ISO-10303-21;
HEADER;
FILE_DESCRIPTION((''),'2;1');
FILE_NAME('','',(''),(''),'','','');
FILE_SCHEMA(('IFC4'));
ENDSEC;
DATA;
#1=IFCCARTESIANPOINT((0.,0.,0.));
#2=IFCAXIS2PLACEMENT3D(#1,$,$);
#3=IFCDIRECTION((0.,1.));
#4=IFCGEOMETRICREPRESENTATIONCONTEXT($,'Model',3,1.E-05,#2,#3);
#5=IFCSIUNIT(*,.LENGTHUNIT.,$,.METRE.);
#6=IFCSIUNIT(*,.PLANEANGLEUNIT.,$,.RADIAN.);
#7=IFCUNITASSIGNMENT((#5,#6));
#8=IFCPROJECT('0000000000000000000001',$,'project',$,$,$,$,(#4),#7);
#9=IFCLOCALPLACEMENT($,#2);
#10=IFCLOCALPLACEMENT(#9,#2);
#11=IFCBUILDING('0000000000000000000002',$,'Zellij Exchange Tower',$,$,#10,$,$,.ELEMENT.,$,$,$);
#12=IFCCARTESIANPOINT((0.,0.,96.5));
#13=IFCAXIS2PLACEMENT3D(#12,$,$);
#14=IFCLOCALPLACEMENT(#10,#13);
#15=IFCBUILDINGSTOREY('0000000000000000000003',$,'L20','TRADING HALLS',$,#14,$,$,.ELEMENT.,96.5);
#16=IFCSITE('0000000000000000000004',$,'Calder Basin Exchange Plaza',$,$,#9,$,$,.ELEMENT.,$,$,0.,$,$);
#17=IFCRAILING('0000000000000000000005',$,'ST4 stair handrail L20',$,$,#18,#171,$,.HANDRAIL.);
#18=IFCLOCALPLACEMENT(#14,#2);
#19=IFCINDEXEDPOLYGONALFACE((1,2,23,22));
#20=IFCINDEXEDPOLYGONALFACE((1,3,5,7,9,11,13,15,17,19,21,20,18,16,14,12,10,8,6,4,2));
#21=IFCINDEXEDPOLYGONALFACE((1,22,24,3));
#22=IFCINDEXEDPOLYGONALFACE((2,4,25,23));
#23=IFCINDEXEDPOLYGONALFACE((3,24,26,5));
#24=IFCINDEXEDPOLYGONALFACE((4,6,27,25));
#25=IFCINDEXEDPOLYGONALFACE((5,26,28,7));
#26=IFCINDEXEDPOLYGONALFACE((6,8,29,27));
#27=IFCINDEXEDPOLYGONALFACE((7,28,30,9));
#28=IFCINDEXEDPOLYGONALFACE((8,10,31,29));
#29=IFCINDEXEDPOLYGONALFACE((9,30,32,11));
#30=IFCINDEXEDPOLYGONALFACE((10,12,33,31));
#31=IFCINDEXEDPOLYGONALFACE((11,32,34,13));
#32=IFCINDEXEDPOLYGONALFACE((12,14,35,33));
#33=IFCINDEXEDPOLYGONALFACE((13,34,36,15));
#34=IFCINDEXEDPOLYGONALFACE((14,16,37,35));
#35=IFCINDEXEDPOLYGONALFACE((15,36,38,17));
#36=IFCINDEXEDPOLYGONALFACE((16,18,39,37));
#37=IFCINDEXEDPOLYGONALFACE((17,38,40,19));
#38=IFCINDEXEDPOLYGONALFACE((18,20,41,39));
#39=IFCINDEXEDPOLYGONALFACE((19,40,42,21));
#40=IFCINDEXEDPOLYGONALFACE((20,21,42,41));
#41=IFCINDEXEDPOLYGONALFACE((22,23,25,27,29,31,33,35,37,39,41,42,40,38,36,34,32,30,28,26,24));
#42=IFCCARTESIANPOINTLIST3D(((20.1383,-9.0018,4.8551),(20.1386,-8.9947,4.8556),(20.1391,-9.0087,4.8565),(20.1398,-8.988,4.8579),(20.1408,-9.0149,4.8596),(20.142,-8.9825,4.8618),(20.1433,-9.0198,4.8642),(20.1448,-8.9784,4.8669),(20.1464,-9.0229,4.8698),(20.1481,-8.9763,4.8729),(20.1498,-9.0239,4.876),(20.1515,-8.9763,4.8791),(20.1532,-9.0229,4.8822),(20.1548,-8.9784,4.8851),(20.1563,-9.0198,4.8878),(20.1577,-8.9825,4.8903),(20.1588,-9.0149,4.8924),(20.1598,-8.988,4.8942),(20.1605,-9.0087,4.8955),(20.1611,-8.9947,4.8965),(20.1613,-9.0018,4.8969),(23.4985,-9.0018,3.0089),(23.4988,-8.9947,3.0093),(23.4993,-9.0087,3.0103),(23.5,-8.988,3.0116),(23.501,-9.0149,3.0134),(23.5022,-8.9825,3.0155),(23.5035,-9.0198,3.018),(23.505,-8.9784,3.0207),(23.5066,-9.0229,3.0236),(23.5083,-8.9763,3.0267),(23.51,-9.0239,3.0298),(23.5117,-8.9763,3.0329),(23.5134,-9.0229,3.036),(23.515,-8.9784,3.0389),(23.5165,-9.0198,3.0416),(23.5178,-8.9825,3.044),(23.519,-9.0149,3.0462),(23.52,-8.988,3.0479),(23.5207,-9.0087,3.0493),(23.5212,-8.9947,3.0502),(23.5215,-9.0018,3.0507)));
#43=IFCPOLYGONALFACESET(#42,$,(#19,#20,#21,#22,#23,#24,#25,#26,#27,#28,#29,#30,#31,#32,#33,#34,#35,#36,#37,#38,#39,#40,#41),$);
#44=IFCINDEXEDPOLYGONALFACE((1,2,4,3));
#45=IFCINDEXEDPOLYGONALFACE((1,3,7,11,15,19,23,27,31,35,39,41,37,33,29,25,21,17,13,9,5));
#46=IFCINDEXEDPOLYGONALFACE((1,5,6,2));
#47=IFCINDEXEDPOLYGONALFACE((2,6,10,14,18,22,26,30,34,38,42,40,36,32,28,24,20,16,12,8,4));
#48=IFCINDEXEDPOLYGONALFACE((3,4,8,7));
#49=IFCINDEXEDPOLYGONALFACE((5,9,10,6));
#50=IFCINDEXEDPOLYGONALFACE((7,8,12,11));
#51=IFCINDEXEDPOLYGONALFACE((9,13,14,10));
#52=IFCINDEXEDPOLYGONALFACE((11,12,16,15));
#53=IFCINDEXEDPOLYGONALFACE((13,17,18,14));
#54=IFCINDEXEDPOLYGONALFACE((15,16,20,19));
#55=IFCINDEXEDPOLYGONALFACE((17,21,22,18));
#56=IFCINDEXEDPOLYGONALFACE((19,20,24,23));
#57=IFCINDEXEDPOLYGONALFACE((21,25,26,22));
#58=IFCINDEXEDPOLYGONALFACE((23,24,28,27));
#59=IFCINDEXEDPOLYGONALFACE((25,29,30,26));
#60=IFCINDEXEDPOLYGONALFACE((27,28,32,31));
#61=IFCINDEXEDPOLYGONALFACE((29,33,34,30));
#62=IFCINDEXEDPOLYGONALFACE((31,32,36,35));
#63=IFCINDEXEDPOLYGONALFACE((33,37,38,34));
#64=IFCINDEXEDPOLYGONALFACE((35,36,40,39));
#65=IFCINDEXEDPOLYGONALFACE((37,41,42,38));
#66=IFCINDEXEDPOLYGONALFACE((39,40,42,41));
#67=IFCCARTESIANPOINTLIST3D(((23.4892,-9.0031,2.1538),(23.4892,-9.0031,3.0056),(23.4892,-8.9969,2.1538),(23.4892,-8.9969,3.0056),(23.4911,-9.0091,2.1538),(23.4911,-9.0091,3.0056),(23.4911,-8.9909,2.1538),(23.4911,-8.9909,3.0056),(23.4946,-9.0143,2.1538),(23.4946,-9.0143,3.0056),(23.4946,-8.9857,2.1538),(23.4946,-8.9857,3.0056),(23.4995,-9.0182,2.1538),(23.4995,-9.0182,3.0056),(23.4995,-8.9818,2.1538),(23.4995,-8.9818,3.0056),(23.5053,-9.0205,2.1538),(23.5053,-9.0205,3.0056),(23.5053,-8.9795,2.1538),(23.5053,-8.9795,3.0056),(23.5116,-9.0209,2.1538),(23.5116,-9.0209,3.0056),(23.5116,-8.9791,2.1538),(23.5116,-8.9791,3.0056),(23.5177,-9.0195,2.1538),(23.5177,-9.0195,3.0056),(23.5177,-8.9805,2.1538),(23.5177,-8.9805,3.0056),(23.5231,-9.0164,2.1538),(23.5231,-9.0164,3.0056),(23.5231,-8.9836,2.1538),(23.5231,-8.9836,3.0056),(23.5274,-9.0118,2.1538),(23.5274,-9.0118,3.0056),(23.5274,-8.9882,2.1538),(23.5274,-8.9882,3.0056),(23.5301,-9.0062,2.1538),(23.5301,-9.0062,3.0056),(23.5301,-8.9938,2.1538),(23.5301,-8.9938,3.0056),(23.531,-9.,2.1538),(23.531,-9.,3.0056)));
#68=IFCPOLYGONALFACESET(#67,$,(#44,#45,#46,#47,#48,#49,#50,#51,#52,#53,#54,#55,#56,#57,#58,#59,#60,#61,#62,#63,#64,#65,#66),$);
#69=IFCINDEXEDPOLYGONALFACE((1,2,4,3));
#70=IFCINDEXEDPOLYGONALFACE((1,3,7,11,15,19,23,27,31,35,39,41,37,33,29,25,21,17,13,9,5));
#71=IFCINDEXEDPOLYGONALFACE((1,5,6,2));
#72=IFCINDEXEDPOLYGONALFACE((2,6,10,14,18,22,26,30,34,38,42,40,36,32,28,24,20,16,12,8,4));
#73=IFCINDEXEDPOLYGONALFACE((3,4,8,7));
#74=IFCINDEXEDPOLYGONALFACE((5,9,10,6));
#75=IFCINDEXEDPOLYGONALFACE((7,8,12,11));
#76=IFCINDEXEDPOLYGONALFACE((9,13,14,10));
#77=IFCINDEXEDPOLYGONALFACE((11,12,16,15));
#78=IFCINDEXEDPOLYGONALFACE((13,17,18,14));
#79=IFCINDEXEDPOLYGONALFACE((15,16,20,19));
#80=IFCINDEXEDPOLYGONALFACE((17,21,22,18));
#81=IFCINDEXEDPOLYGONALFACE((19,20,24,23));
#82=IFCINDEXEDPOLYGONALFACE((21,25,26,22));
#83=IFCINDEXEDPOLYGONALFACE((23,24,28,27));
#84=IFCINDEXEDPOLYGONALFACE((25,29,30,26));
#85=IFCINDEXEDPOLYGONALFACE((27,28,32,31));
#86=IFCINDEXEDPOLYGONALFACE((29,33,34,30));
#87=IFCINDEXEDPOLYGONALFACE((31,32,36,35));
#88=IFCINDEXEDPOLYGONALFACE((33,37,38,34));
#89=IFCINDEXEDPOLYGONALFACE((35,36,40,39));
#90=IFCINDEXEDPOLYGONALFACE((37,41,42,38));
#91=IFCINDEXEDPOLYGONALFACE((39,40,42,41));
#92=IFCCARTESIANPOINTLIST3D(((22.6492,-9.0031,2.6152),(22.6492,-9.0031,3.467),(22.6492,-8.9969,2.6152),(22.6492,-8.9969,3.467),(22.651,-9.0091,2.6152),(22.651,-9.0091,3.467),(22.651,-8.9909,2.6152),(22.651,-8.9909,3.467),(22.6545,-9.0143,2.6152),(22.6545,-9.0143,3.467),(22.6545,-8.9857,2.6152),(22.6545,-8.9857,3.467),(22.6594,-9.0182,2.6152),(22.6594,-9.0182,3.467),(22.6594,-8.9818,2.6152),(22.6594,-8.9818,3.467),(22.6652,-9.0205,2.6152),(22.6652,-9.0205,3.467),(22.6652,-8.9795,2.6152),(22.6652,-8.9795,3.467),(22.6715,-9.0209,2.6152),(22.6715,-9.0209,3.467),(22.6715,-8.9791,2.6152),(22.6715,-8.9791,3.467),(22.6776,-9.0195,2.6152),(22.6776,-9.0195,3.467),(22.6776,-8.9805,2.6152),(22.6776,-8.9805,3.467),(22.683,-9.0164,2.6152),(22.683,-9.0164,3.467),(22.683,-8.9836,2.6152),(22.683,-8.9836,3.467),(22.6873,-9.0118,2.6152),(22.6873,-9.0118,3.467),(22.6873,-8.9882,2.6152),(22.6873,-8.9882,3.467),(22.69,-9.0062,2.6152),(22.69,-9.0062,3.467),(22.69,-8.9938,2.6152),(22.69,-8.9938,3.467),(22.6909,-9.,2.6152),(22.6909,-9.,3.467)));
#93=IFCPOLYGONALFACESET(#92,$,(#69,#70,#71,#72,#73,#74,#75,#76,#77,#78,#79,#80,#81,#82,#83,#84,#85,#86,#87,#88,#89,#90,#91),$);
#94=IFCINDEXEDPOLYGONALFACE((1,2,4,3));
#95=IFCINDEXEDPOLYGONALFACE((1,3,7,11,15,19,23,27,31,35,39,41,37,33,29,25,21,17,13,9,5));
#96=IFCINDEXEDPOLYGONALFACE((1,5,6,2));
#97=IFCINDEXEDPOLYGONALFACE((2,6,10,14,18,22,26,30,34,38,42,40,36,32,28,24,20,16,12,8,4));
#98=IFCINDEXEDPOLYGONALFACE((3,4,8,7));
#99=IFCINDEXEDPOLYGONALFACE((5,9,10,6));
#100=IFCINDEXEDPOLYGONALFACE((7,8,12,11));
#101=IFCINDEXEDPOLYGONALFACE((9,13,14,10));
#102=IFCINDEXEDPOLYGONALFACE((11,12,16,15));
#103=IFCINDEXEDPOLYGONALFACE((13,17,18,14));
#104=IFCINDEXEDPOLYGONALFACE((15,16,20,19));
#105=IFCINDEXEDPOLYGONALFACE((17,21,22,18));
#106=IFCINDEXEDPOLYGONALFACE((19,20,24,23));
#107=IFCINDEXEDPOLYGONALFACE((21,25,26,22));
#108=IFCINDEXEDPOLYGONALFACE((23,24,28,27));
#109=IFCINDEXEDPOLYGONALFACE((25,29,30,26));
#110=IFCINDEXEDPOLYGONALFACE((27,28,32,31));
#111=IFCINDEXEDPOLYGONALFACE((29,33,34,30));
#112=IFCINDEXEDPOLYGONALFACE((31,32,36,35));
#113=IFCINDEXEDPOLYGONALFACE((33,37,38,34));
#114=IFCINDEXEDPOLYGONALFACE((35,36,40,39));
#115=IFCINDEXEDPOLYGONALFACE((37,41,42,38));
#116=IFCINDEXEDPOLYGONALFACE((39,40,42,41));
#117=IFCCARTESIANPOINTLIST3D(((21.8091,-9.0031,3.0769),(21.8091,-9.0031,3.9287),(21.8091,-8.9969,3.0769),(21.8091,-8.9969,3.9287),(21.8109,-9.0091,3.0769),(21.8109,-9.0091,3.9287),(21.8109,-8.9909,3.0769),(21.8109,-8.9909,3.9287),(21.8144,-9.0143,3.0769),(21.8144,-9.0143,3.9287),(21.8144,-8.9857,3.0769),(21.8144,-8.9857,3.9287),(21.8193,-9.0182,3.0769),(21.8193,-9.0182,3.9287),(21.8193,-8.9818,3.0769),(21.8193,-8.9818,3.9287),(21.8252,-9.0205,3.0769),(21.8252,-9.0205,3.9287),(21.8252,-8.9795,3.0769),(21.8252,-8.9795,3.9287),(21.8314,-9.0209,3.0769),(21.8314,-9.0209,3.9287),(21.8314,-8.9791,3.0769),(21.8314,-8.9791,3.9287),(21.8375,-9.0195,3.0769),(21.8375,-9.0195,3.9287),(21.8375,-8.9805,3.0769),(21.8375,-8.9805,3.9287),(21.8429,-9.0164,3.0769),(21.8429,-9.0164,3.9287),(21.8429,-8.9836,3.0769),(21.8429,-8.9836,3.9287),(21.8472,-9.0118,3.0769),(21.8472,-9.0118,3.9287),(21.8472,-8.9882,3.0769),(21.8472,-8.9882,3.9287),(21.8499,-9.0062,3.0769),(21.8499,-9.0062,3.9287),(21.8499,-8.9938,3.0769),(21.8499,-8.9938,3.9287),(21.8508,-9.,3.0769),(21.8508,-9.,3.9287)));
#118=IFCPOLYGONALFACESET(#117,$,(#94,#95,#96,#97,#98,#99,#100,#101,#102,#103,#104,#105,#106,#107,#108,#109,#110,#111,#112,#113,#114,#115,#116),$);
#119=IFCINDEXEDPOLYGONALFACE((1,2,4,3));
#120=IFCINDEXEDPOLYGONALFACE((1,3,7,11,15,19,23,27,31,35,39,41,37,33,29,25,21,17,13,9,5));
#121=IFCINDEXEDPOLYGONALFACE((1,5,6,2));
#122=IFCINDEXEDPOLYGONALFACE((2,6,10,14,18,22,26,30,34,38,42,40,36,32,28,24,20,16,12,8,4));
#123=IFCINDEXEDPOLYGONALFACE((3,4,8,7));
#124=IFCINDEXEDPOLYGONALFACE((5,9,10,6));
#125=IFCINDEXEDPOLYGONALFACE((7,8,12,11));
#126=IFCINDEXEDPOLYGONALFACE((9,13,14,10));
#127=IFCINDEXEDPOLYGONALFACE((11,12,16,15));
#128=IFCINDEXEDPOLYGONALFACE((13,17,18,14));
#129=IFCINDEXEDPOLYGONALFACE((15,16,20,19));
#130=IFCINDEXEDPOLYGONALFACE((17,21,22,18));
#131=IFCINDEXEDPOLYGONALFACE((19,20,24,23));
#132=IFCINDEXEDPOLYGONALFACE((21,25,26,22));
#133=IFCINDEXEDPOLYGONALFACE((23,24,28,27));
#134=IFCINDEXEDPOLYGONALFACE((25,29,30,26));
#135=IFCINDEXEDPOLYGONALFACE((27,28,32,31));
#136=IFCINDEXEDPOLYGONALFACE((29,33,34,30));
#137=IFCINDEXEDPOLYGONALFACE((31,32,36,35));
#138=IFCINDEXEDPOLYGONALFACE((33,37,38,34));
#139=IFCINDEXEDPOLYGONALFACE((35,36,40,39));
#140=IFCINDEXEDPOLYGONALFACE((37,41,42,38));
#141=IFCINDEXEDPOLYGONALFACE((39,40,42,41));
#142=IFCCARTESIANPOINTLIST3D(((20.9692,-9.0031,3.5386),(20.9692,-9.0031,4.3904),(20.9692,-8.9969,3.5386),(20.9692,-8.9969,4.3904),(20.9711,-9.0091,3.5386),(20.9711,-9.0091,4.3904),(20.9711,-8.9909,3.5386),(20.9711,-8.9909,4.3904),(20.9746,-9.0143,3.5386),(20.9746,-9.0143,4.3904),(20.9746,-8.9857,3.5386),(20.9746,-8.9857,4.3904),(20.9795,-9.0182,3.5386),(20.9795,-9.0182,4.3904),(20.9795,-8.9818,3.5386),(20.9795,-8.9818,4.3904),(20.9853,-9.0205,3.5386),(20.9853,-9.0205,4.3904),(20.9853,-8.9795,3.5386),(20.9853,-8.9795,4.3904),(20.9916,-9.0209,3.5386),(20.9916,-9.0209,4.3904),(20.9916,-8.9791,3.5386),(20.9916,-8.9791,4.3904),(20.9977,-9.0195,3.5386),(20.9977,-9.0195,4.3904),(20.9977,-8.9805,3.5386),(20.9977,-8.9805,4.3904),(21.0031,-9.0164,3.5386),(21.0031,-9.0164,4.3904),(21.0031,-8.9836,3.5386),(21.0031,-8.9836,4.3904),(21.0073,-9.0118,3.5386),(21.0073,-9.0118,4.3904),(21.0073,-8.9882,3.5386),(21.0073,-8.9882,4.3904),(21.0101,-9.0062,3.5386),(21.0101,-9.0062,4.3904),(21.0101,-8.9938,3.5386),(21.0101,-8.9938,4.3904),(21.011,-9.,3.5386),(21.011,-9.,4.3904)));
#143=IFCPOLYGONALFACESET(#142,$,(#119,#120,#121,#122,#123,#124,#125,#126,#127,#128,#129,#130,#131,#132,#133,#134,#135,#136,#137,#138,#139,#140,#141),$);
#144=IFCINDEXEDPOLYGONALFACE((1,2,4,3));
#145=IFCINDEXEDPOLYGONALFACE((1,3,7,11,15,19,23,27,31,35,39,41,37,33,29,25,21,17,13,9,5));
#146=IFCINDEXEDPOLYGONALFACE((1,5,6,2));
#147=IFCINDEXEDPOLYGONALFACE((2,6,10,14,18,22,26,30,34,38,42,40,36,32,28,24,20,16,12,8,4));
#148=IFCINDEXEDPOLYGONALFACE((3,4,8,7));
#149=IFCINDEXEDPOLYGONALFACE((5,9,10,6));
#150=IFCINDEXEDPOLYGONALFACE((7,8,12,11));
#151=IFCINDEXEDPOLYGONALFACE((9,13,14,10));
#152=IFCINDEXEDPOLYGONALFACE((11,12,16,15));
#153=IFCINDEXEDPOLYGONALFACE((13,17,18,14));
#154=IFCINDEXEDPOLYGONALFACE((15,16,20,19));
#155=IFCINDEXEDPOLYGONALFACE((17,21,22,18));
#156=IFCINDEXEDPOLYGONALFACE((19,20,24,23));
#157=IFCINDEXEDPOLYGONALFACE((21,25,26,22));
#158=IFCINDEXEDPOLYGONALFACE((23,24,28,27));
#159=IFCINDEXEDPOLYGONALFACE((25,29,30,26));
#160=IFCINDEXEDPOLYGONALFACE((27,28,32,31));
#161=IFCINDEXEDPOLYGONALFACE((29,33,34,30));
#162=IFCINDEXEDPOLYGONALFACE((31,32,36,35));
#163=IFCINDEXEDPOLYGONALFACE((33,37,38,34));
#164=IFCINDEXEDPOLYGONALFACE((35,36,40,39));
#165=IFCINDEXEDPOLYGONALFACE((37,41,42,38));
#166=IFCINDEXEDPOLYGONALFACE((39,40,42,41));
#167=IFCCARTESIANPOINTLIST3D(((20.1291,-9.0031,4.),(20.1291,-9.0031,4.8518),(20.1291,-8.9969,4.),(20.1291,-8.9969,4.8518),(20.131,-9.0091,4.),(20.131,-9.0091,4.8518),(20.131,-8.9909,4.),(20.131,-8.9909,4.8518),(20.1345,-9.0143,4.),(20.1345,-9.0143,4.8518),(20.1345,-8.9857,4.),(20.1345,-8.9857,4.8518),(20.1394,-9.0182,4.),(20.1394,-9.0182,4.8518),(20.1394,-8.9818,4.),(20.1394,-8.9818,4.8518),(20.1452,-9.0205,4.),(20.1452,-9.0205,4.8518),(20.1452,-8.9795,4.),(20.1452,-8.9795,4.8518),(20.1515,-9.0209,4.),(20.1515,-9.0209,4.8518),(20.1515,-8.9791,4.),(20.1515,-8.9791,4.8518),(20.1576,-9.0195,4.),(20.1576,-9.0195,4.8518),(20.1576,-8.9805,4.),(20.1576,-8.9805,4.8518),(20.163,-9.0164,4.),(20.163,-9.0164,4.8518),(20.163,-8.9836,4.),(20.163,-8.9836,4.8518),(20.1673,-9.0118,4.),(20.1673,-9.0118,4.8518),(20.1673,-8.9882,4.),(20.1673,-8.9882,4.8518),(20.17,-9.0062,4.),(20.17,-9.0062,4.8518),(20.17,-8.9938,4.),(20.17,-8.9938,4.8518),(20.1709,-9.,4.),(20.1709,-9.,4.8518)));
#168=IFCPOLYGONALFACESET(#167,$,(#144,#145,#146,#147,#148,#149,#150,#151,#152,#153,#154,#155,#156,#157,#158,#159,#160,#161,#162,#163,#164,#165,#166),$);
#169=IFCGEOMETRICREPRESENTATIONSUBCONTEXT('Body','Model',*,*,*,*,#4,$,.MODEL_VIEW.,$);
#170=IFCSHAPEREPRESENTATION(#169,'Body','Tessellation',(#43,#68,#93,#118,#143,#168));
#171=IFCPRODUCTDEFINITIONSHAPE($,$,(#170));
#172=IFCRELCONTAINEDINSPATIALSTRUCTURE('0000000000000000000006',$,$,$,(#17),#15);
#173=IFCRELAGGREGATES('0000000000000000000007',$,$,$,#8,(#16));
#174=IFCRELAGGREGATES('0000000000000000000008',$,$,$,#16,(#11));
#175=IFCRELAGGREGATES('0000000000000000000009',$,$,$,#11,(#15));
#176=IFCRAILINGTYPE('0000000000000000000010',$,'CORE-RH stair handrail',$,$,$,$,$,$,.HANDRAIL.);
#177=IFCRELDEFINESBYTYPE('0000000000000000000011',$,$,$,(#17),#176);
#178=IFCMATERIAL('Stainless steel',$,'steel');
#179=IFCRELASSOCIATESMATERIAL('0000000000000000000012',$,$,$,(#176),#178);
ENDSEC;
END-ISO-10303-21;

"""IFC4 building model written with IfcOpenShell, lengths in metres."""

from ifc_helpers import new_model, si_unit, direction, frame, origin, origin_2d, place, context, subcontext, project, spatial, circle, extrude, material, type_object, element, save


model = new_model("IFC4")

# Units and contexts
model_context = context("Model", 3, precision=1e-05, world=origin(), true_north=direction((0.0, 1.0)))
body_context = subcontext(model_context, "Body", "Model", "MODEL_VIEW")
ifc_project = project(units=[si_unit("LENGTHUNIT", "METRE"), si_unit("PLANEANGLEUNIT", "RADIAN")], contexts=[model_context])

# Site, building, storey
site_placement = place(None, origin())
site = spatial("IfcSite", under=ifc_project, at=site_placement, Name="Calder Basin Exchange Plaza", CompositionType="ELEMENT", RefElevation=0.0)
building_placement = place(site_placement, origin())
building = spatial("IfcBuilding", under=site, at=building_placement, Name="Zellij Exchange Tower", CompositionType="ELEMENT")
storey_placement = place(building_placement, frame((0.0, 0.0, 96.5)))
storey = spatial("IfcBuildingStorey", under=building, at=storey_placement, Name="L20", Description="TRADING HALLS", CompositionType="ELEMENT", Elevation=96.5)

# Railing
ifc_material_1 = material(Name="Stainless steel", Category="steel")
railing_type_1 = type_object("IfcRailingType", Name="CORE-RH stair handrail", PredefinedType="HANDRAIL", material=ifc_material_1)
railing_1_placement = place(storey_placement, frame((23.51, -9.0, 2.1538)))
element("IfcRailing", 1, at=railing_1_placement, inside=storey, type_object=railing_type_1, Name="ST4 stair handrail L20", PredefinedType="HANDRAIL", context=body_context, shape_type="SweptSolid", body=[
    extrude(circle(Radius=0.0239, at=origin_2d()), frame((0.0, 0.0, 0.876), z_axis=(-0.876422, 0.0, 0.481545), x_axis=(0.0, -1.0, 0.0)), (0.0, 0.0, 1.0), 3.834),
    extrude(circle(Radius=0.021, at=origin_2d()), origin(), (0.0, 0.0, 1.0), 0.8518),
    extrude(circle(Radius=0.021, at=origin_2d()), frame((-0.8401, 0.0, 0.4614)), (0.0, 0.0, 1.0), 0.8518),
    extrude(circle(Radius=0.021, at=origin_2d()), frame((-1.6802, 0.0, 0.9231)), (0.0, 0.0, 1.0), 0.8518),
    extrude(circle(Radius=0.021, at=origin_2d()), frame((-2.52, 0.0, 1.3848)), (0.0, 0.0, 1.0), 0.8518),
    extrude(circle(Radius=0.021, at=origin_2d()), frame((-3.3601, 0.0, 1.8462)), (0.0, 0.0, 1.0), 0.8518),
])

save(model, "model.ifc")
